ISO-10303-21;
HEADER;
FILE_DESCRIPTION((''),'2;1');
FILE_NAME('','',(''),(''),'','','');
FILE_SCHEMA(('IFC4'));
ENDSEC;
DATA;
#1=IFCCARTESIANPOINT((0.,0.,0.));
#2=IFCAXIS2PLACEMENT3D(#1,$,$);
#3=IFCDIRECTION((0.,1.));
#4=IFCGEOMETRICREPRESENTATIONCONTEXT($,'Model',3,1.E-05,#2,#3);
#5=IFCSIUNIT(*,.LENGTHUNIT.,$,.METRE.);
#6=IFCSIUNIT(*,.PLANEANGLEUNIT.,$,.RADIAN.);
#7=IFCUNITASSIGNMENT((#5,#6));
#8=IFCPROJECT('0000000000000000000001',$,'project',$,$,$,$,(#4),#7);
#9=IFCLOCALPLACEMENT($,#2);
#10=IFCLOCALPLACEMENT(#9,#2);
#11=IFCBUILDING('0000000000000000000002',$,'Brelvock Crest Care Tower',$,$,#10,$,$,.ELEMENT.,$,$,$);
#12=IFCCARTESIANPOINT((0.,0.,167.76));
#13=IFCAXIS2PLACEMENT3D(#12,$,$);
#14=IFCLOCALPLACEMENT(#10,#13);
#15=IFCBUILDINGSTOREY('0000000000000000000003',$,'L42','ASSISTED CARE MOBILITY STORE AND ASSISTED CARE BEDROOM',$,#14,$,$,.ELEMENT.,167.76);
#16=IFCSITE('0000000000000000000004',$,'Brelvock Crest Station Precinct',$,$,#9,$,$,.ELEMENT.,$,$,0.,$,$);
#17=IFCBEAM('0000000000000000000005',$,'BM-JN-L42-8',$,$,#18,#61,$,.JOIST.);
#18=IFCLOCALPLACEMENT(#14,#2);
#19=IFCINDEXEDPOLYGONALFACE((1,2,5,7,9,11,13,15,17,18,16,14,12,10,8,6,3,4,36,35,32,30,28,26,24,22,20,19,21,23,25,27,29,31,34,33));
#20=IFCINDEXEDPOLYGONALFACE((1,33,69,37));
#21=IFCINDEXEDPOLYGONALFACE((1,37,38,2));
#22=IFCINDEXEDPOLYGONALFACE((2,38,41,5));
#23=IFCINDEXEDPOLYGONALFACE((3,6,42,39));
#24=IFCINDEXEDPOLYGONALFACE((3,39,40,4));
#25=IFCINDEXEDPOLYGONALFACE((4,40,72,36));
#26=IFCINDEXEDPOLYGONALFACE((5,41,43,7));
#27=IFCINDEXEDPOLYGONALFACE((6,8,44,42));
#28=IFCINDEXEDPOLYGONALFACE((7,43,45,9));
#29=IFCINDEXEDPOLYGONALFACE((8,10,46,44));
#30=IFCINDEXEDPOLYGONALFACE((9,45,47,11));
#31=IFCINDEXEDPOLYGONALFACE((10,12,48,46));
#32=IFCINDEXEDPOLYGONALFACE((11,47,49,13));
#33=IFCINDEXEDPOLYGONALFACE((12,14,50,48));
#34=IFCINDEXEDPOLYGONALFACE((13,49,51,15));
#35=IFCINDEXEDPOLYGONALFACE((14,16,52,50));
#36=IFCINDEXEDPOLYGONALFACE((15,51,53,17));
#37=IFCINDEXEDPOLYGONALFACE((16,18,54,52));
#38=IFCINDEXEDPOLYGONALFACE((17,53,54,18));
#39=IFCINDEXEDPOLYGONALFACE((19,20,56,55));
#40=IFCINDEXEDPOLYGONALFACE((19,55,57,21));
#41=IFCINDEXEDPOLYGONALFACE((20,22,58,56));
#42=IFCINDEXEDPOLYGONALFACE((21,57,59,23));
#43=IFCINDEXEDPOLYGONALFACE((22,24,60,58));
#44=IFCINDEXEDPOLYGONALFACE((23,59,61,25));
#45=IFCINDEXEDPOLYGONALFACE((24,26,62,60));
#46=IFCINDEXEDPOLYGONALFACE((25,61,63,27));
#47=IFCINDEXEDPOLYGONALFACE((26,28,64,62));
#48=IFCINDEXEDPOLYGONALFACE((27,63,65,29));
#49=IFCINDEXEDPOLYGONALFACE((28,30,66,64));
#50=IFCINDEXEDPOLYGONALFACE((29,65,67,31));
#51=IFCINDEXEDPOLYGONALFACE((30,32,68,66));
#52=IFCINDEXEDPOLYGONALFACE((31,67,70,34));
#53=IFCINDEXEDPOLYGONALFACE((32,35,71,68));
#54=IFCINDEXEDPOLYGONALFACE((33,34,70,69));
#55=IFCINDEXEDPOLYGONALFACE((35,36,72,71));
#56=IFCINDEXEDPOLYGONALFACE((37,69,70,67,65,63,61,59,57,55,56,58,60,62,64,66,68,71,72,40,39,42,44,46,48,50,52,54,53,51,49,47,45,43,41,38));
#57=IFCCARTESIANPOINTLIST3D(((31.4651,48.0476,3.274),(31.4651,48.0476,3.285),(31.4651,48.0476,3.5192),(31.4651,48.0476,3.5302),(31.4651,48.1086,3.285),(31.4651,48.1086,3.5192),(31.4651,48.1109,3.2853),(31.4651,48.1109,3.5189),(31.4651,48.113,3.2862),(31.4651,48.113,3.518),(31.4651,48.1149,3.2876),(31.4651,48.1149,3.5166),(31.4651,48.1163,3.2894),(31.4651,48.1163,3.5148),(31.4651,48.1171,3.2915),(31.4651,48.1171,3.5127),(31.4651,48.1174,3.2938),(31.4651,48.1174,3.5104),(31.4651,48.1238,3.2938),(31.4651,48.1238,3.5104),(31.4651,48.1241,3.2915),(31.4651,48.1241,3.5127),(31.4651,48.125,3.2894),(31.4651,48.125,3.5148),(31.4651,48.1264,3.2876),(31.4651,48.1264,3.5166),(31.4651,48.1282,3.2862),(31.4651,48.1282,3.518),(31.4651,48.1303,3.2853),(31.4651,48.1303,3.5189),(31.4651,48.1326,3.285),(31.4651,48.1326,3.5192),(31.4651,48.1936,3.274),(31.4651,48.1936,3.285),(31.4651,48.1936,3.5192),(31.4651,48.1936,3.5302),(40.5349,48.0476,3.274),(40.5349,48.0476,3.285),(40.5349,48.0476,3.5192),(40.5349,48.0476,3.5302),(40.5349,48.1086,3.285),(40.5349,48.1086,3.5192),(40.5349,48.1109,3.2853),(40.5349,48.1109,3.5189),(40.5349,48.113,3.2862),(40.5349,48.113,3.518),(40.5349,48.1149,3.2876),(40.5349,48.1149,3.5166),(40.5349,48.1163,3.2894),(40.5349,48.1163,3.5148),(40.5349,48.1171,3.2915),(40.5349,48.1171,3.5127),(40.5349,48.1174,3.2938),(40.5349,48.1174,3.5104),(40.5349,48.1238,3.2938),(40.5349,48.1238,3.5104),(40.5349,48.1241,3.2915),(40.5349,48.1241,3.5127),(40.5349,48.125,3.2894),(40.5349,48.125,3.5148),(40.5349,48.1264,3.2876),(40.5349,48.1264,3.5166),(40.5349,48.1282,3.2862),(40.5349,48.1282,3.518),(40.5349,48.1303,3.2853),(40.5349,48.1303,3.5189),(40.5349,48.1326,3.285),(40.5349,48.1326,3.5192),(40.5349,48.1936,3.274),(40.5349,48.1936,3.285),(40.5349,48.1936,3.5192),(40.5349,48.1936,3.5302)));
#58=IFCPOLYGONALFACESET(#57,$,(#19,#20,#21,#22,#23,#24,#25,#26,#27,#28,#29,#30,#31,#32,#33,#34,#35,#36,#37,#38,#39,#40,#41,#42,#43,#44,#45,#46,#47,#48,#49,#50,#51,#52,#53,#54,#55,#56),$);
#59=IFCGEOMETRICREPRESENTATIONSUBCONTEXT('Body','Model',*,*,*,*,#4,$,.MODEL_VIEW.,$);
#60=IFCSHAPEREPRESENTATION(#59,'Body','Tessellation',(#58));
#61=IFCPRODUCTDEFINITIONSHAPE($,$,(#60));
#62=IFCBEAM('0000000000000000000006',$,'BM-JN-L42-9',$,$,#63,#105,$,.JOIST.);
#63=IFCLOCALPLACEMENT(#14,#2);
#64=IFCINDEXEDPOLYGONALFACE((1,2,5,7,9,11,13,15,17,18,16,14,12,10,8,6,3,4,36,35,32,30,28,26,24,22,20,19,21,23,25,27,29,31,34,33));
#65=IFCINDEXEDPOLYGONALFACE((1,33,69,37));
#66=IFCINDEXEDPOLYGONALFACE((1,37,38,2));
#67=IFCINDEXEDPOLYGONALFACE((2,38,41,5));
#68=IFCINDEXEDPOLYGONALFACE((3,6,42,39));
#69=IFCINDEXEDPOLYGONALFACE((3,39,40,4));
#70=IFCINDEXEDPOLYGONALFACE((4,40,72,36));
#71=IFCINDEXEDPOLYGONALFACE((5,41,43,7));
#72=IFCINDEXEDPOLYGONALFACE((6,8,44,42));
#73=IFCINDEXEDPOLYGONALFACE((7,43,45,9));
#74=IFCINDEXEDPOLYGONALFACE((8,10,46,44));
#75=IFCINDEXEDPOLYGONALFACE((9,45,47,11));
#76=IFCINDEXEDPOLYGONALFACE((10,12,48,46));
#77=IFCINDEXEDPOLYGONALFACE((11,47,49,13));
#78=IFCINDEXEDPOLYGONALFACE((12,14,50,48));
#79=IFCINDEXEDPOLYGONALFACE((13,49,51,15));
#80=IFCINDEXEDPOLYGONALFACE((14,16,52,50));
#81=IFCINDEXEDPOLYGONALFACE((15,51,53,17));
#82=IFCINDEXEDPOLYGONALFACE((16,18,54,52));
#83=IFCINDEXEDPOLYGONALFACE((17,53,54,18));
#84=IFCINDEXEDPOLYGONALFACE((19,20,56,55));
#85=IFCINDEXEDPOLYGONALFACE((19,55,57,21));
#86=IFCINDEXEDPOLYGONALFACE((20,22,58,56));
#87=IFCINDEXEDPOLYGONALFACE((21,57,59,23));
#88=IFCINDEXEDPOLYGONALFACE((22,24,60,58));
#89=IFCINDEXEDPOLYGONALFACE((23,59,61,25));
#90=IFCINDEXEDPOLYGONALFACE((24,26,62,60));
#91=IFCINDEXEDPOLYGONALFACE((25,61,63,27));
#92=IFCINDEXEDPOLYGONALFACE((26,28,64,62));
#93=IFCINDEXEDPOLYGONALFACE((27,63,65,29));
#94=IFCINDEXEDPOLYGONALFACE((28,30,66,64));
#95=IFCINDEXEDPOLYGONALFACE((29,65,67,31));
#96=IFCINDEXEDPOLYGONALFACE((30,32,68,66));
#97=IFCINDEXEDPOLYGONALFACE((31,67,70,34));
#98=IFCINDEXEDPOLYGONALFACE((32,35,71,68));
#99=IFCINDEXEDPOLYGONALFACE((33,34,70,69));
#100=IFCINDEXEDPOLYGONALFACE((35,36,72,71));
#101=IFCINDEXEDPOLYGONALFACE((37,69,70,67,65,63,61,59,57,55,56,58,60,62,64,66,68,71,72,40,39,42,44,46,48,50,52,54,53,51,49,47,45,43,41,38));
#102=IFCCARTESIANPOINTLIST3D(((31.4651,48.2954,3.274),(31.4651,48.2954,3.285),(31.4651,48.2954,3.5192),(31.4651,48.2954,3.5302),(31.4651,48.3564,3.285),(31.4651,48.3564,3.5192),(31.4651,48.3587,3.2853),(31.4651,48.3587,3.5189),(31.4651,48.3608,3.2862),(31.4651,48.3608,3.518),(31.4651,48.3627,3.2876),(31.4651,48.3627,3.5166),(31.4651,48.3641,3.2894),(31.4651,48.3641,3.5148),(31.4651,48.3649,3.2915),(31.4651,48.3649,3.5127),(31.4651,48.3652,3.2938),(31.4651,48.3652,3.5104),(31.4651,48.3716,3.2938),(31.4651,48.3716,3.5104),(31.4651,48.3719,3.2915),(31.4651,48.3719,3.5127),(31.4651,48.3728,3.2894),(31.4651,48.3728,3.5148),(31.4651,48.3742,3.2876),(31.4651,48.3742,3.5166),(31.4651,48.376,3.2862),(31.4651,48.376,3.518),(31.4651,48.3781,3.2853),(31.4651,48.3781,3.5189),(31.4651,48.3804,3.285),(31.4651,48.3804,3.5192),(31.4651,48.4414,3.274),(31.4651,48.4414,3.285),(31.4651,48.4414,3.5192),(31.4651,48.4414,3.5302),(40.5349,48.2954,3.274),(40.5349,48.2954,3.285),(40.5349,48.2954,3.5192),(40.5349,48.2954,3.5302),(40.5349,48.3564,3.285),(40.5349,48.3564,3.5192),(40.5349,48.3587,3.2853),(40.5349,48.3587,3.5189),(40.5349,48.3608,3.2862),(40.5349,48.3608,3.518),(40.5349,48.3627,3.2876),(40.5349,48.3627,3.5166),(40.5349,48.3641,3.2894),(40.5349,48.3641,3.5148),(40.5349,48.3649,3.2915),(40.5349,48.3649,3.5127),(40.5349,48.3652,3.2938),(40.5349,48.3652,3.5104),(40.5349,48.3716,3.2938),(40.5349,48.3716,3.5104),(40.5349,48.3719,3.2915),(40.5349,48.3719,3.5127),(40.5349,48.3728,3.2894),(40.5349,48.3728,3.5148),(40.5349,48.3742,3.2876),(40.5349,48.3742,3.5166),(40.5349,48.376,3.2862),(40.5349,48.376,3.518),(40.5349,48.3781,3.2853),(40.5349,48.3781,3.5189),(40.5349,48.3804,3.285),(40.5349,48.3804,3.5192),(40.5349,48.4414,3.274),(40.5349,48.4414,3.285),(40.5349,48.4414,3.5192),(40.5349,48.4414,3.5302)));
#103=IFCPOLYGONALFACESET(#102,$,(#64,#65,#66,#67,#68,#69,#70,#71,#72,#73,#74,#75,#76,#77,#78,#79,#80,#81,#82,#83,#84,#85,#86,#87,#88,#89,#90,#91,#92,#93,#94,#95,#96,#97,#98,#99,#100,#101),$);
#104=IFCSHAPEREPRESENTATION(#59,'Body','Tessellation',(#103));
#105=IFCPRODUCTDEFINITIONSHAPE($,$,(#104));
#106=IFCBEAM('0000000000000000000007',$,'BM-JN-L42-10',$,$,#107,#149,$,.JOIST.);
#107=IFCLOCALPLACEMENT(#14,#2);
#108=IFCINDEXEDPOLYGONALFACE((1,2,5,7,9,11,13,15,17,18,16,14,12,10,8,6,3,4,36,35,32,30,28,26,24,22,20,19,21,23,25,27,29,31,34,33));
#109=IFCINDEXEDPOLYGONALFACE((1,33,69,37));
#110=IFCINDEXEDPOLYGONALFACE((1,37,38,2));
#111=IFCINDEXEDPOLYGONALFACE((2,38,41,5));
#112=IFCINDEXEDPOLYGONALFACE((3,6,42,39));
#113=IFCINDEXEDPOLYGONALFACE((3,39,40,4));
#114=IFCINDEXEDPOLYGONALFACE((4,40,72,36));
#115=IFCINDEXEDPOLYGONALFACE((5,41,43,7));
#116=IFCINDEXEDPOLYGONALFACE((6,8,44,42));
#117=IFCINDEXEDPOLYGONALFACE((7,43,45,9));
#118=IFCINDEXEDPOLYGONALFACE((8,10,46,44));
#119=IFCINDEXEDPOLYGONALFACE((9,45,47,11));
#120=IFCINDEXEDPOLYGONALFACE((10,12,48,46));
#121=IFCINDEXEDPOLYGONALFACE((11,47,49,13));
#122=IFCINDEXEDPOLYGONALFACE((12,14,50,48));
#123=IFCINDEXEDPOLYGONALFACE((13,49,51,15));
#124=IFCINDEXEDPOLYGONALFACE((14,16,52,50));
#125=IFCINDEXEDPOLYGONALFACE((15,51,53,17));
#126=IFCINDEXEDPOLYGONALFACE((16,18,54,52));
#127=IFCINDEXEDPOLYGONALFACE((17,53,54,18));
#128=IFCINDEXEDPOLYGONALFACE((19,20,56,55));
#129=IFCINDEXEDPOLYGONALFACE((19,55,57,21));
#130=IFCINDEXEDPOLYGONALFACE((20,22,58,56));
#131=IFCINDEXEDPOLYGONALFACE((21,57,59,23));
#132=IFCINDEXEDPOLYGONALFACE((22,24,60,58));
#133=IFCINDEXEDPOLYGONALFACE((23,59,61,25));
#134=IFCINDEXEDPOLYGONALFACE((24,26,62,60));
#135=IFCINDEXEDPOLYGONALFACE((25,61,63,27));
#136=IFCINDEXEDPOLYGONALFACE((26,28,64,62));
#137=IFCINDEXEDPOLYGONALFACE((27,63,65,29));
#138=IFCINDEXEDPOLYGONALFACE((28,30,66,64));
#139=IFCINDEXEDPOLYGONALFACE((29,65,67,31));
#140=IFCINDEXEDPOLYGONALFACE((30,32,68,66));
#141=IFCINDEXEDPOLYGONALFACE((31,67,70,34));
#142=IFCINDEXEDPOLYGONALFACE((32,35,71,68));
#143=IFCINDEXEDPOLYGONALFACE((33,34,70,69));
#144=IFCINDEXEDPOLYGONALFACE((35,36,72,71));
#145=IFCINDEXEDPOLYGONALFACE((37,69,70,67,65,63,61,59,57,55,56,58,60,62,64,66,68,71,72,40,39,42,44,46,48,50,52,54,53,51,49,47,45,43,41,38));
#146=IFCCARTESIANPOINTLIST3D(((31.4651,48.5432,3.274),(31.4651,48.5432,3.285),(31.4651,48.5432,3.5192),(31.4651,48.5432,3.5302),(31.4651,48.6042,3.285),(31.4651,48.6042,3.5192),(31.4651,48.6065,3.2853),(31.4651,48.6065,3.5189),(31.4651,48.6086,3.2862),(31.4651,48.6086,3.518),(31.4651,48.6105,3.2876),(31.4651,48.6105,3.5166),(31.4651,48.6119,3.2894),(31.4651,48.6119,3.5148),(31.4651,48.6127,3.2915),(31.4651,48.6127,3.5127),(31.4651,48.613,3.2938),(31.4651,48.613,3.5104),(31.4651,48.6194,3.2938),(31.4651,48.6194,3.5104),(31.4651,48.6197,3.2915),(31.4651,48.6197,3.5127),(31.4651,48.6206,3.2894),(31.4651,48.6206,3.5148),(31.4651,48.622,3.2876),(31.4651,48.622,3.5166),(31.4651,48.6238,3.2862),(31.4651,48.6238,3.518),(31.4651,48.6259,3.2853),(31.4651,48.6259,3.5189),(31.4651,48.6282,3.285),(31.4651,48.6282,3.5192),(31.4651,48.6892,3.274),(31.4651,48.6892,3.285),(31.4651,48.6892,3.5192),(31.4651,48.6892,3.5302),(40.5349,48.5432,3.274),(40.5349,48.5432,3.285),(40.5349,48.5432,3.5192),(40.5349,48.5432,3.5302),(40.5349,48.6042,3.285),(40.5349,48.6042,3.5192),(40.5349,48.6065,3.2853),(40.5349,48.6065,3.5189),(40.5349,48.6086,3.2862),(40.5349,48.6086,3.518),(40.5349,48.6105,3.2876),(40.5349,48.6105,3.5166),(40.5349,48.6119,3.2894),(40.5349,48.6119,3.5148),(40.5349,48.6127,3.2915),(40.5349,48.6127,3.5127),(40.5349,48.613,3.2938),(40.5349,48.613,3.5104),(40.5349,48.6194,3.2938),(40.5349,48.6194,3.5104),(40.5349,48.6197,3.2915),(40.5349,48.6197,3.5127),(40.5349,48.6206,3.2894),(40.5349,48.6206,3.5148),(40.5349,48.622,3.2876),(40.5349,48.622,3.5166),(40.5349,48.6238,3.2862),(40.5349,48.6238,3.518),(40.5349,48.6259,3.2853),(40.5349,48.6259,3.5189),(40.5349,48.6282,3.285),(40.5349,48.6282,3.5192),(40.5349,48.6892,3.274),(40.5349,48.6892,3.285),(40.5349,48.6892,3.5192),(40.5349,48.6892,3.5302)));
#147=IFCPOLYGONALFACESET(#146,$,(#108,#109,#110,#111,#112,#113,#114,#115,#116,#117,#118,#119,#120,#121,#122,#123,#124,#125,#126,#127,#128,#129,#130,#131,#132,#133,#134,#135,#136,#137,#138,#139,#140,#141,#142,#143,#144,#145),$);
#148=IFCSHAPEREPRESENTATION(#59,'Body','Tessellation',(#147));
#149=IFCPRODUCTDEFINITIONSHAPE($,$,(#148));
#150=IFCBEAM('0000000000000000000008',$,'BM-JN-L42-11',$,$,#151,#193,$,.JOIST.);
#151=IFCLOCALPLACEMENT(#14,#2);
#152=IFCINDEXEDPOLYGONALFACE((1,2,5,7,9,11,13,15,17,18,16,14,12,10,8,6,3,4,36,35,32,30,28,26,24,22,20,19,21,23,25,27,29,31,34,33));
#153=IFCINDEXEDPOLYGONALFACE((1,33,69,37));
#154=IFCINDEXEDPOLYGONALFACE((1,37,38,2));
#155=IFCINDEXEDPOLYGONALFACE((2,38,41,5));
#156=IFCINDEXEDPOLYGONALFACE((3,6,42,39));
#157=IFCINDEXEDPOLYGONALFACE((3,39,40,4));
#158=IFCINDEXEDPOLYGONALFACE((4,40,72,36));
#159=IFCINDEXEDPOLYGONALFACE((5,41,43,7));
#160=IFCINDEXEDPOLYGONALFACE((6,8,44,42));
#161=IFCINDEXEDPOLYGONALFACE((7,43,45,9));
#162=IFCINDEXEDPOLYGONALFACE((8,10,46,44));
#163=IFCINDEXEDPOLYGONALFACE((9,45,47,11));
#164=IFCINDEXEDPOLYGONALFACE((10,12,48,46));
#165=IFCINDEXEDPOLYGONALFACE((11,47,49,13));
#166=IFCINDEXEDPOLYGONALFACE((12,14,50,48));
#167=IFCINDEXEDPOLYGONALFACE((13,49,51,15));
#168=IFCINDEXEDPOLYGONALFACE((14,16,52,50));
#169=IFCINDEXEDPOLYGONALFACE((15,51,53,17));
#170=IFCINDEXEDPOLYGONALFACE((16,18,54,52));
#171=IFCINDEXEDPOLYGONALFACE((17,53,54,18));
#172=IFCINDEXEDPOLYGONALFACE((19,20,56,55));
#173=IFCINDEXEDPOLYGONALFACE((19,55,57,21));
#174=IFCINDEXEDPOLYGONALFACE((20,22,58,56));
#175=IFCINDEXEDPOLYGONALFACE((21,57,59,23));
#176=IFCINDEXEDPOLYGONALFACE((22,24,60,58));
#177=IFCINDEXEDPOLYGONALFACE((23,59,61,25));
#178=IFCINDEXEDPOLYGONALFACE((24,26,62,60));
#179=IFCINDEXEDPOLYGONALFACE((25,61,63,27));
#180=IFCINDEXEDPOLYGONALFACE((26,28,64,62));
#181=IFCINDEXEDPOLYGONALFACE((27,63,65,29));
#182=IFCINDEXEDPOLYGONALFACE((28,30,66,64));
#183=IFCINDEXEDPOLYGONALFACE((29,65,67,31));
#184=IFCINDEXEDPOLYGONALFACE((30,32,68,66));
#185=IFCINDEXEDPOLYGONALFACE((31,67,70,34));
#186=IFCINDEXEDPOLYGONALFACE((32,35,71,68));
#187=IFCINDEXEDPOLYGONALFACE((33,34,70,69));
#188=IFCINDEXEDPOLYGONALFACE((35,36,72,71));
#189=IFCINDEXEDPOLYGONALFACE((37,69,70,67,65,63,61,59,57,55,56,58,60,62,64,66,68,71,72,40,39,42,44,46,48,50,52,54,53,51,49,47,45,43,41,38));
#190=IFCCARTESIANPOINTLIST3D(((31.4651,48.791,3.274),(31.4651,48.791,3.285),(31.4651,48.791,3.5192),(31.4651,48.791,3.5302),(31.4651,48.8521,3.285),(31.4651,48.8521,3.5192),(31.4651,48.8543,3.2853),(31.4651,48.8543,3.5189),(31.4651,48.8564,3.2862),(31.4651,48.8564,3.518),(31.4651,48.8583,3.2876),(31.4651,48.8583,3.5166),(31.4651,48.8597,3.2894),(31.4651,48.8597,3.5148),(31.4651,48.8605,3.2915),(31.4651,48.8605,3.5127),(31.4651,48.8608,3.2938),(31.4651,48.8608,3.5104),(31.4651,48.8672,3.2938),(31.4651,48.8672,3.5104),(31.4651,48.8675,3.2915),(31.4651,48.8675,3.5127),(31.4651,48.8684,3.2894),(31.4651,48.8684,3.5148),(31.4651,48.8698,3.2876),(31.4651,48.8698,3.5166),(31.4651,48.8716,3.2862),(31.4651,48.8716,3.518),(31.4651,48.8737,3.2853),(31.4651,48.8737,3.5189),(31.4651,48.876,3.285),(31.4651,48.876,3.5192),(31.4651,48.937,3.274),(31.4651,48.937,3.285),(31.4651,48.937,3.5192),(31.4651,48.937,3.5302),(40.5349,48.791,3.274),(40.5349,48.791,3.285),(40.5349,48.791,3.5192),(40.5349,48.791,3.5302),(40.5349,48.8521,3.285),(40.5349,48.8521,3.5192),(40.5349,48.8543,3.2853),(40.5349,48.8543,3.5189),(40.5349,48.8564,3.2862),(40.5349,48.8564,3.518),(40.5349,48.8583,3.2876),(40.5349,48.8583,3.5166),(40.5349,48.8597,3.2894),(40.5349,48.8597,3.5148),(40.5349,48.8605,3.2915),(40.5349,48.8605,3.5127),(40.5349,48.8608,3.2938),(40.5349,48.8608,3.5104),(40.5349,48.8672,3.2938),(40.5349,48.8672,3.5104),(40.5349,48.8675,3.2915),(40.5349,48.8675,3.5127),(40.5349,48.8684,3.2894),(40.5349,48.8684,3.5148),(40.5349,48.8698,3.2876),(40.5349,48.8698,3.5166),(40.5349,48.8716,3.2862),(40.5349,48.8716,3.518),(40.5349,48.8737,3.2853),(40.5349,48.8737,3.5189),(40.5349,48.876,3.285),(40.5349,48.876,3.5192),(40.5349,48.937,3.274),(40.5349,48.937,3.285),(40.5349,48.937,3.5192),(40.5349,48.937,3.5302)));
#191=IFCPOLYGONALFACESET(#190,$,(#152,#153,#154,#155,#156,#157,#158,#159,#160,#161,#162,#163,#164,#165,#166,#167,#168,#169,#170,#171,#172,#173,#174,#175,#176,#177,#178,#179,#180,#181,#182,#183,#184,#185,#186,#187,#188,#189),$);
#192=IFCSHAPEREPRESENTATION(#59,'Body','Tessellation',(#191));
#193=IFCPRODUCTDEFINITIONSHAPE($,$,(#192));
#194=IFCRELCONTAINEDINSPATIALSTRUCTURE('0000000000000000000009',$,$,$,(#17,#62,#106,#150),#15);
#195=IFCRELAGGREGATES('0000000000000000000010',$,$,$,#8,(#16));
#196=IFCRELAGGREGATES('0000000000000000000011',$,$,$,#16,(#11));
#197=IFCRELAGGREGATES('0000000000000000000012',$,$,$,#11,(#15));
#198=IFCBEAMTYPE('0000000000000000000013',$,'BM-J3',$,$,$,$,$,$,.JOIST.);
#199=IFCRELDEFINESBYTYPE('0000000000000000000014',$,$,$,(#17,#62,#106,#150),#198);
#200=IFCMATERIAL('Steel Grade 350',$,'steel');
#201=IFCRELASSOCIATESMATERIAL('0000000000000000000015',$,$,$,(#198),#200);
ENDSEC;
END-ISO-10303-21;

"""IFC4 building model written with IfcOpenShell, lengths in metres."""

from ifc_helpers import new_model, si_unit, direction, frame, origin, origin_2d, place, context, subcontext, project, spatial, i_section, extrude, source, transform, mapped, material, material_profile, profile_set, type_object, element, save


model = new_model("IFC4")

# Units and contexts
model_context = context("Model", 3, precision=1e-05, world=origin(), true_north=direction((0.0, 1.0)))
body_context = subcontext(model_context, "Body", "Model", "MODEL_VIEW")
ifc_project = project(units=[si_unit("LENGTHUNIT", "METRE"), si_unit("PLANEANGLEUNIT", "RADIAN")], contexts=[model_context])

# Site, building, storey
site_placement = place(None, origin())
site = spatial("IfcSite", under=ifc_project, at=site_placement, Name="Brelvock Crest Station Precinct", CompositionType="ELEMENT", RefElevation=0.0)
building_placement = place(site_placement, origin())
building = spatial("IfcBuilding", under=site, at=building_placement, Name="Brelvock Crest Care Tower", CompositionType="ELEMENT")
storey_placement = place(building_placement, frame((0.0, 0.0, 167.76)))
storey = spatial("IfcBuildingStorey", under=building, at=storey_placement, Name="L42", Description="ASSISTED CARE MOBILITY STORE AND ASSISTED CARE BEDROOM", CompositionType="ELEMENT", Elevation=167.76)

# Shared definitions
ifc_material_1 = material(Name="Steel Grade 350", Category="steel")

# Beams
ifc_material_profile_1 = material_profile(ifc_material_1, i_section(OverallWidth=0.146, OverallDepth=0.2561, WebThickness=0.0063, FlangeThickness=0.011, FilletRadius=0.0088, at=origin_2d()), Name="250UB37.3")
ifc_profile_set_1 = profile_set([ifc_material_profile_1], Name="Steel Grade 350")
beam_type_1 = type_object("IfcBeamType", Name="BM-J3", PredefinedType="JOIST", material=ifc_profile_set_1)
shared_shape_1 = source(origin(), body_context, "Body", "SweptSolid", [
    extrude(i_section(OverallWidth=0.146, OverallDepth=0.2561, WebThickness=0.0063, FlangeThickness=0.011, FilletRadius=0.0088, at=origin_2d()), origin(), (0.0, 0.0, 1.0), 9.0698),
])
for number, where, z_axis, x_axis, name in (
    (1, (31.4651, 48.1206, 3.4021), (1.0, 0.0, 0.0), (0.0, 1.0, 0.0), "BM-JN-L42-8"),
    (2, (31.4651, 48.3684, 3.4021), (1.0, 0.0, 0.0), (0.0, 1.0, 0.0), "BM-JN-L42-9"),
    (3, (31.4651, 48.6162, 3.4021), (1.0, 0.0, 0.0), (0.0, 1.0, 0.0), "BM-JN-L42-10"),
    (4, (31.4651, 48.864, 3.4021), (1.0, 0.0, 0.0), (0.0, 1.0, 0.0), "BM-JN-L42-11"),
):
    element("IfcBeam", number, at=place(storey_placement, frame(where, z_axis=z_axis, x_axis=x_axis)), inside=storey, type_object=beam_type_1, Name=name, PredefinedType="JOIST", context=body_context, shape_type="MappedRepresentation", body=[
        mapped(shared_shape_1, transform((0.0, 0.0, 0.0), x_axis=(1.0, 0.0, 0.0), y_axis=(0.0, 1.0, 0.0), z_axis=(0.0, 0.0, 1.0), scale=1.0)),
    ])

save(model, "model.ifc")
